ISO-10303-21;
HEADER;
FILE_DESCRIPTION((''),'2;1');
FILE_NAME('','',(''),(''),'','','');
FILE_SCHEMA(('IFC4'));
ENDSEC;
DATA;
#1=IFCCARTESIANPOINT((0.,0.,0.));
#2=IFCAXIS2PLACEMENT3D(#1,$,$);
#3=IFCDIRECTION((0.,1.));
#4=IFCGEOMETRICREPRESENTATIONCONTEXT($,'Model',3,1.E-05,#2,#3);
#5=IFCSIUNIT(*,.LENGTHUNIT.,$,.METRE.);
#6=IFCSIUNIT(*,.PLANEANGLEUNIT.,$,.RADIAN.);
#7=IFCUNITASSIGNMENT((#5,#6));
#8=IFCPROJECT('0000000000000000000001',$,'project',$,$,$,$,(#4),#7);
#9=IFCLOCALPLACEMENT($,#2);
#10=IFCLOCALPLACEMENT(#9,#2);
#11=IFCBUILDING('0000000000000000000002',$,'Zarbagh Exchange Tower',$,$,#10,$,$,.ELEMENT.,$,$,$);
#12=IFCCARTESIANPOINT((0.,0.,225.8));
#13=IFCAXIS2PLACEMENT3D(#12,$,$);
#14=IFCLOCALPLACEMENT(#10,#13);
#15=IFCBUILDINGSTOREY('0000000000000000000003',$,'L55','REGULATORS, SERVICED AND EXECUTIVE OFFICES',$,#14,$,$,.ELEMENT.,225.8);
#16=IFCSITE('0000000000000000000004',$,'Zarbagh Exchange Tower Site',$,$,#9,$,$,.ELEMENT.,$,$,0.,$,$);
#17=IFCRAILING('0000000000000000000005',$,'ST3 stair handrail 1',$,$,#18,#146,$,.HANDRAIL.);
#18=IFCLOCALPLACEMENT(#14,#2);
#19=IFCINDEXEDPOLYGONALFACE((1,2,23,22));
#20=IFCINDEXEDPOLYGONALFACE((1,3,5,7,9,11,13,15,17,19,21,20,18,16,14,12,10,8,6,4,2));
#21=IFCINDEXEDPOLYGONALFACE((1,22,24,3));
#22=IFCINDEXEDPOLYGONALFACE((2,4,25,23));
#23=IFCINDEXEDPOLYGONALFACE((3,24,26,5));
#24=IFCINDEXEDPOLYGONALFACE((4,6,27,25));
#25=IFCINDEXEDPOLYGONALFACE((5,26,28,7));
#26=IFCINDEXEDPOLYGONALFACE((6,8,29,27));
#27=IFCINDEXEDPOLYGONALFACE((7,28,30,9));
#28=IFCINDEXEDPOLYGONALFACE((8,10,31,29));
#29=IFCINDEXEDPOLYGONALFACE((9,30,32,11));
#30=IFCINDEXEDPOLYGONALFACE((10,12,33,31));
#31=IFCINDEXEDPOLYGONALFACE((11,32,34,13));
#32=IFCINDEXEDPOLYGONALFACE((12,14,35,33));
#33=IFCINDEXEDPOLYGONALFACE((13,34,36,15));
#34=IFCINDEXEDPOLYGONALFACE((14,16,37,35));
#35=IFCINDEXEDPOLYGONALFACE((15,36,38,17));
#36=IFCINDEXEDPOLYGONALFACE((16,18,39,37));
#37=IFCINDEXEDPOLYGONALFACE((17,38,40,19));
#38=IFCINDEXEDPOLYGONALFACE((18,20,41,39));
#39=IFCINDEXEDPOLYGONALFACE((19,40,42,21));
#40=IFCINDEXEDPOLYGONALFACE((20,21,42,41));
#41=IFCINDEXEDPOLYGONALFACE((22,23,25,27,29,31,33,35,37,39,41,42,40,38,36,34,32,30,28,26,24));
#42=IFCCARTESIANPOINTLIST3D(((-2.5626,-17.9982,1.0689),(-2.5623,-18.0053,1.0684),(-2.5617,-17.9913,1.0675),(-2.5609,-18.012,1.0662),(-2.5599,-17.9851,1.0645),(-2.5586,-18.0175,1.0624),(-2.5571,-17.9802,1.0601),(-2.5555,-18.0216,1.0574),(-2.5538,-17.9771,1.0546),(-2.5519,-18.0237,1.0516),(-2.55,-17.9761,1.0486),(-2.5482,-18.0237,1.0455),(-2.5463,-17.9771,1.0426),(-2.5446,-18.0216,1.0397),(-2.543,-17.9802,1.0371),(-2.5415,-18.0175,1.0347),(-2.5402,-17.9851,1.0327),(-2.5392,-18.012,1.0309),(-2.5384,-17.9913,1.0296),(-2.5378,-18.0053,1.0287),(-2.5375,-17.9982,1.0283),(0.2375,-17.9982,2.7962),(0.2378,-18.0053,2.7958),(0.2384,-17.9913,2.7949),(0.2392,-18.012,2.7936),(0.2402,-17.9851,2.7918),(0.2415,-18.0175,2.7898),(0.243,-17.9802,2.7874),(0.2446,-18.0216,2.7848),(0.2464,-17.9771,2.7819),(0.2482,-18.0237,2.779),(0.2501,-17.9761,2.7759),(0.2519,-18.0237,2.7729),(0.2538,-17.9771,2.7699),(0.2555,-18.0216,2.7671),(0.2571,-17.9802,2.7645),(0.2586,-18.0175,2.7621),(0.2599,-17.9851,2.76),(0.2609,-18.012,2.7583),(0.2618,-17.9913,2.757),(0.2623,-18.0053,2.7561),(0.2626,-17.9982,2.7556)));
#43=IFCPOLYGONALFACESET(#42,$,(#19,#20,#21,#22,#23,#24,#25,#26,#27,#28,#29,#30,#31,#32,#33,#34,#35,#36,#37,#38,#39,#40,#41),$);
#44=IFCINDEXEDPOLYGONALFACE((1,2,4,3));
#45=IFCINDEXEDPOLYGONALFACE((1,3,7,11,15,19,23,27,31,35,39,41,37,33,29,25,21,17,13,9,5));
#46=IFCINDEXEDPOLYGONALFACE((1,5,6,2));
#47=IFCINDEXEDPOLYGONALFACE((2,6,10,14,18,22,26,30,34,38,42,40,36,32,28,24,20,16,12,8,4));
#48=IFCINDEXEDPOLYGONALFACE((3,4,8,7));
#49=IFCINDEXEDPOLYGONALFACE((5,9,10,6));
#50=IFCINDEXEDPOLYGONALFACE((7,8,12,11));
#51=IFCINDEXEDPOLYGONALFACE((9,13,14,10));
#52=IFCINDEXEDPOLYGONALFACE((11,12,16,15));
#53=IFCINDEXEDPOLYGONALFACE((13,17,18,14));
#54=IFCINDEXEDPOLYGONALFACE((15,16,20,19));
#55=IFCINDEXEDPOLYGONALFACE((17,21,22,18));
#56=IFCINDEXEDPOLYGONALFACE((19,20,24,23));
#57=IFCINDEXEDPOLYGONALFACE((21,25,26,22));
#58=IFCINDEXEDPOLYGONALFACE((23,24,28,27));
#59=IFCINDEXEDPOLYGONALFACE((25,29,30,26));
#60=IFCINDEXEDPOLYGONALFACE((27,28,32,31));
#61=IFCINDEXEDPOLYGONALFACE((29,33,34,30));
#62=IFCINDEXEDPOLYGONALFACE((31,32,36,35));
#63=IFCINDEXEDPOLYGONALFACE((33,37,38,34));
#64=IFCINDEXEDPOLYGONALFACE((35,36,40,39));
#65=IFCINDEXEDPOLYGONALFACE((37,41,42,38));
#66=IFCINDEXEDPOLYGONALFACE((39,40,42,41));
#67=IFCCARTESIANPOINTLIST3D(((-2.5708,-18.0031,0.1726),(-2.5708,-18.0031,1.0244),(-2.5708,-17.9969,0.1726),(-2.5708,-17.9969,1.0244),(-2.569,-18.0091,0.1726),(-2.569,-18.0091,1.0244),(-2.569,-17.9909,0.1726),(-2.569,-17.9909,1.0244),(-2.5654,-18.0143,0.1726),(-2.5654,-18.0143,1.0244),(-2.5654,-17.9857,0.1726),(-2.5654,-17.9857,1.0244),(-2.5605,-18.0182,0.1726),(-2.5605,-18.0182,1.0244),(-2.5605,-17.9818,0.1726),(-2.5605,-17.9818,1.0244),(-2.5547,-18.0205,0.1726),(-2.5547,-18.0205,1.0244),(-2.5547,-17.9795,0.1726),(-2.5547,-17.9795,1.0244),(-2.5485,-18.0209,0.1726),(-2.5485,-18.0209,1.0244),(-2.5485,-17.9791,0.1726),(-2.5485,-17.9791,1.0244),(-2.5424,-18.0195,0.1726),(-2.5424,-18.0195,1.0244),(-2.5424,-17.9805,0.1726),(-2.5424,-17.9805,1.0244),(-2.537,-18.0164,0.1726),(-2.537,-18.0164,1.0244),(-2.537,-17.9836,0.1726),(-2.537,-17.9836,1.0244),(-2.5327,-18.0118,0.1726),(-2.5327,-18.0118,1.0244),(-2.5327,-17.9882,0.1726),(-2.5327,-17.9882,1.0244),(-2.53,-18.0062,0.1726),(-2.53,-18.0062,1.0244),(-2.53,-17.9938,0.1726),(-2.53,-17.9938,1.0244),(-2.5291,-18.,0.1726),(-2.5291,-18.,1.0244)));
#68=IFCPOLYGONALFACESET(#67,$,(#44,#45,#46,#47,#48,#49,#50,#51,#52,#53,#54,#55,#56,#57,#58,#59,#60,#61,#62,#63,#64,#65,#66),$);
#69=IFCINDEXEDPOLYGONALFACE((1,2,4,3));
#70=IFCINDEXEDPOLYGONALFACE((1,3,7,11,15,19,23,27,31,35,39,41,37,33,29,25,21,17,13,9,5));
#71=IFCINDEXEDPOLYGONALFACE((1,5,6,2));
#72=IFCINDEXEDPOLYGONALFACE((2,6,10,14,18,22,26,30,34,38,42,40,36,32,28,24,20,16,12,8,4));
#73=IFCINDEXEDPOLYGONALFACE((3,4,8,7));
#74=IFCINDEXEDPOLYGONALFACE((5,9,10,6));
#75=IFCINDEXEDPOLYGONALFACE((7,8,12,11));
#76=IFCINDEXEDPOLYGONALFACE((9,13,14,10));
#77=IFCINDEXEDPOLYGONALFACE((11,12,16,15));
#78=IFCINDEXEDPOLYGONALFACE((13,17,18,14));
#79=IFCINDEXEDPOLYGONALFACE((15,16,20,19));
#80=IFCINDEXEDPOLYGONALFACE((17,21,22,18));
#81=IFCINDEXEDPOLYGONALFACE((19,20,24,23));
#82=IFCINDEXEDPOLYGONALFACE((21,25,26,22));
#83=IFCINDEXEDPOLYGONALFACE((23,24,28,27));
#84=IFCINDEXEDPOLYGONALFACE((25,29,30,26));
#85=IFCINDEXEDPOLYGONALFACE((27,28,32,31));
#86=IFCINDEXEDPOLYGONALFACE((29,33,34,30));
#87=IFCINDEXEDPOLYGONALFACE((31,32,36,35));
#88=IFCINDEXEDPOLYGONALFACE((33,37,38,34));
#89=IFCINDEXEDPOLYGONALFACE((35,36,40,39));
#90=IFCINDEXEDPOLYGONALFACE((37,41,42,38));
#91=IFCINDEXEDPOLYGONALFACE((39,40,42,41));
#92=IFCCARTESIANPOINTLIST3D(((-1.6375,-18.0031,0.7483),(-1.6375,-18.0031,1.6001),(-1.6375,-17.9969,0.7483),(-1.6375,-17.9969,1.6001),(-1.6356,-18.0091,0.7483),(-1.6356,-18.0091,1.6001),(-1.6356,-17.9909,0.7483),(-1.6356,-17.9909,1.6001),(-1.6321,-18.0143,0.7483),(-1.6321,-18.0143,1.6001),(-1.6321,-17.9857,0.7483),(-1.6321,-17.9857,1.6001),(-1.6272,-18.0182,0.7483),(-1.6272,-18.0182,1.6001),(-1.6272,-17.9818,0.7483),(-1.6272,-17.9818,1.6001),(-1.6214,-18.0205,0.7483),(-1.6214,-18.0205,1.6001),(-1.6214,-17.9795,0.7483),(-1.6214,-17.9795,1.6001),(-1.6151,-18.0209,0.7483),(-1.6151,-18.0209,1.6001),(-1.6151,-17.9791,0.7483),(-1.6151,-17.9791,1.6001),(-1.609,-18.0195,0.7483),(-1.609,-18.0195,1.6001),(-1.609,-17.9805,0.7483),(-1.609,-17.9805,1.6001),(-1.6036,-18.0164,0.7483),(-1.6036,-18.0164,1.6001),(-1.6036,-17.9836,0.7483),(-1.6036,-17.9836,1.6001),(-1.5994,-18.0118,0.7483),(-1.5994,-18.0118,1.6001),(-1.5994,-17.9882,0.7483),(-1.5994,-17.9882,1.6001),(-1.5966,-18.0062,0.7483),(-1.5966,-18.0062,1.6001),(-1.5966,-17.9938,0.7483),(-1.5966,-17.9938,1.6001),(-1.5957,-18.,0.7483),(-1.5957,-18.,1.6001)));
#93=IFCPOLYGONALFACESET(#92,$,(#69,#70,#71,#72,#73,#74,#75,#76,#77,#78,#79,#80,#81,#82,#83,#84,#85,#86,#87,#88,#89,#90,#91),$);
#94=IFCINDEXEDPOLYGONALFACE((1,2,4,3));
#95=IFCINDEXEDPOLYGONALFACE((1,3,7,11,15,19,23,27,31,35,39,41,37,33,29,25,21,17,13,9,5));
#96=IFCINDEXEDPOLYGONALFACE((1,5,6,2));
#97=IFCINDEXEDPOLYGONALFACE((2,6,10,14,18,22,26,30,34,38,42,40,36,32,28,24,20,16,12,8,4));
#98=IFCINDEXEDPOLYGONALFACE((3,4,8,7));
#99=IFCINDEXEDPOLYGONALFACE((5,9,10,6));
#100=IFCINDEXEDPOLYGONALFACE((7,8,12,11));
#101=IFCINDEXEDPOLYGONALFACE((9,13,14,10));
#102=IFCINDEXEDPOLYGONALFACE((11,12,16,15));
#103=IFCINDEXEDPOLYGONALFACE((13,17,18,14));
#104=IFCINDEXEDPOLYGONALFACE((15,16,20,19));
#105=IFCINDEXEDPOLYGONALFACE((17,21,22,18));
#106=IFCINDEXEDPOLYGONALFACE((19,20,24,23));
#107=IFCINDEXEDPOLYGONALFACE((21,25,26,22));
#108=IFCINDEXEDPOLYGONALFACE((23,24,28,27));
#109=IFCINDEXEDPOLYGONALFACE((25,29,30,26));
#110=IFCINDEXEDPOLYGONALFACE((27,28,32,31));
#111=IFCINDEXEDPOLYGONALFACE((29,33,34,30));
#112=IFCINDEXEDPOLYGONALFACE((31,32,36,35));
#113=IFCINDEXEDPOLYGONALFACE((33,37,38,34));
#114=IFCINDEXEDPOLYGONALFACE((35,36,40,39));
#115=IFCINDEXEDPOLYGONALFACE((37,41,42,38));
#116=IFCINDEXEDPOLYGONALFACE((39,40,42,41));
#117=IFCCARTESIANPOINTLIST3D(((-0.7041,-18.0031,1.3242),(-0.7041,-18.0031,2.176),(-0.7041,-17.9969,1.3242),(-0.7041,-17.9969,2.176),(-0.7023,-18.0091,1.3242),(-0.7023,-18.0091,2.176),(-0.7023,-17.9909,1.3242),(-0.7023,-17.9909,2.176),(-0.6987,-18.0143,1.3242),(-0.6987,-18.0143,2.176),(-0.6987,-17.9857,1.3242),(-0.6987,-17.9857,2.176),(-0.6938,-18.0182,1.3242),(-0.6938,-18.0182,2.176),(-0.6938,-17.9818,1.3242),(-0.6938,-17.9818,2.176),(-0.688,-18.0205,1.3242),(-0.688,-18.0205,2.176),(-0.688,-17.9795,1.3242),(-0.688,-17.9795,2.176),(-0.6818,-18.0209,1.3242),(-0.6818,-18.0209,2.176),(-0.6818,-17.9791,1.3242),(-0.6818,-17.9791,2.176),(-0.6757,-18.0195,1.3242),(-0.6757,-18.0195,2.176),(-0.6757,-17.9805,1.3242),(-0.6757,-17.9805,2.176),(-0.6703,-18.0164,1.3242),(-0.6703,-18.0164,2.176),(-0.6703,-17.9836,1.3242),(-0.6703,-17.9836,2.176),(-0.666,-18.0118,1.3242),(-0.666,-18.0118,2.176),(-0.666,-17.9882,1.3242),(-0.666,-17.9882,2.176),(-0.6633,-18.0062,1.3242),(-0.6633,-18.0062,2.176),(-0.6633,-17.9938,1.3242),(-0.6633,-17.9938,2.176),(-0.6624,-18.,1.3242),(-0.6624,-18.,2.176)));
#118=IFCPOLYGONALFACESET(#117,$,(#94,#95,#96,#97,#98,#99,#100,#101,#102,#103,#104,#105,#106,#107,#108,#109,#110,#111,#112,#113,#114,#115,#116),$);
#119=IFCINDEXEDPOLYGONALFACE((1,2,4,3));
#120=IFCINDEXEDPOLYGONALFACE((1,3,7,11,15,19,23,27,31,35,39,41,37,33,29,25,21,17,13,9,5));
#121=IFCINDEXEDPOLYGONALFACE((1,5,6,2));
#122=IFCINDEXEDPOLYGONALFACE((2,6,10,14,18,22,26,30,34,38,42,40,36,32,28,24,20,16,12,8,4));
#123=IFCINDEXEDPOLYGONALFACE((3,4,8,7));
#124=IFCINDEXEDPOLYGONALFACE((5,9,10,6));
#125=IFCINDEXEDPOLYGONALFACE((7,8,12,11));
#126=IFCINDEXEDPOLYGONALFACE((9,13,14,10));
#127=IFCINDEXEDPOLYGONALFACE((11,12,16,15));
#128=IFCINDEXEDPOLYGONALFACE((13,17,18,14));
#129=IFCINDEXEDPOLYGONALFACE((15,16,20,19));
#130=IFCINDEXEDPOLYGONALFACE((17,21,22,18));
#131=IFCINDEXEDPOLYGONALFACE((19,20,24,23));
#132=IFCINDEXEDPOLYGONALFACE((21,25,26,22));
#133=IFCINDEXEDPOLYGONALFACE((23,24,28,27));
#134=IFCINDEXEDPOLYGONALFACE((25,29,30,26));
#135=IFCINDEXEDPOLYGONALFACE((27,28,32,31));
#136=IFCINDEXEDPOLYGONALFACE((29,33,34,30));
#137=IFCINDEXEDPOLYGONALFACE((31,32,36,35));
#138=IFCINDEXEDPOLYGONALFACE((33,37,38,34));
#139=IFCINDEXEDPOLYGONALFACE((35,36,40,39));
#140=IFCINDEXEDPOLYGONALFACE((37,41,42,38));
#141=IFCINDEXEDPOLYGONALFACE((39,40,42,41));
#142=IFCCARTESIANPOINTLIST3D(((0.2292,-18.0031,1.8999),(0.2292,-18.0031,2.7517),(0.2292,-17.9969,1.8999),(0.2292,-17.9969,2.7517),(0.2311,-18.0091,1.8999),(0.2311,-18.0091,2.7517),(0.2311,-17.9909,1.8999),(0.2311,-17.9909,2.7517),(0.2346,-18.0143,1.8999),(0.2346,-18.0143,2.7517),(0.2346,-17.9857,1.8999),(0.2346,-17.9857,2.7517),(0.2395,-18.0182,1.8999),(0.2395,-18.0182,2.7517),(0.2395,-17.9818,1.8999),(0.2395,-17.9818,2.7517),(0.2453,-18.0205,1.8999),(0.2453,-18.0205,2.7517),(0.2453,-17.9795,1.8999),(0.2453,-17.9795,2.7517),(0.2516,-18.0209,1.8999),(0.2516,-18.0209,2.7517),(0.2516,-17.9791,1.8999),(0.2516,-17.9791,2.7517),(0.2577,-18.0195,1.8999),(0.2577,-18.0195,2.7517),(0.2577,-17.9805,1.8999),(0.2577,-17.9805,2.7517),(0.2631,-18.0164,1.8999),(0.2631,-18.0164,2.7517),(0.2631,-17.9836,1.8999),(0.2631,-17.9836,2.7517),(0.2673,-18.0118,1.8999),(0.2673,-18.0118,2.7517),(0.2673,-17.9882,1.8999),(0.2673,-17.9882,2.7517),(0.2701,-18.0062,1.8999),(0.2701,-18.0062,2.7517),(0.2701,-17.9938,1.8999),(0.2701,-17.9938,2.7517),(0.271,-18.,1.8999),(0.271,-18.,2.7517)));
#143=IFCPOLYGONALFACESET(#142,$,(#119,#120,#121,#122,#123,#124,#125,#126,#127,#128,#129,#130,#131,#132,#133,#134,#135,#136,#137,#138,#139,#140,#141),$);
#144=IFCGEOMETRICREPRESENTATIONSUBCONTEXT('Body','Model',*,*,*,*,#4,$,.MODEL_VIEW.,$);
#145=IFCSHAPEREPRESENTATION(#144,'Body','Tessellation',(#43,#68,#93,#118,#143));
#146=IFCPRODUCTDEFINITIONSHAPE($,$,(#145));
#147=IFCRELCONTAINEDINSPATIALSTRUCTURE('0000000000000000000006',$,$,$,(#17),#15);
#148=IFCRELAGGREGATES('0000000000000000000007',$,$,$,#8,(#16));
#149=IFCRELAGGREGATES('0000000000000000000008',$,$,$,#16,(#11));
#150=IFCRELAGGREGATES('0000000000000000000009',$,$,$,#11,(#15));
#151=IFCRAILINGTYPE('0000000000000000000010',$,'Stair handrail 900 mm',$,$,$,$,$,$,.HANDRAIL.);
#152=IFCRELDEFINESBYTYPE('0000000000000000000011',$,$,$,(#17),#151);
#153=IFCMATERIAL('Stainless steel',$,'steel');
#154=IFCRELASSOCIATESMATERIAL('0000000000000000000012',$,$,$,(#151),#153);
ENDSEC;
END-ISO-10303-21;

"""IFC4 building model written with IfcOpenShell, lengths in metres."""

from ifc_helpers import new_model, si_unit, direction, frame, origin, origin_2d, place, context, subcontext, project, spatial, circle, extrude, material, type_object, element, save


model = new_model("IFC4")

# Units and contexts
model_context = context("Model", 3, precision=1e-05, world=origin(), true_north=direction((0.0, 1.0)))
body_context = subcontext(model_context, "Body", "Model", "MODEL_VIEW")
ifc_project = project(units=[si_unit("LENGTHUNIT", "METRE"), si_unit("PLANEANGLEUNIT", "RADIAN")], contexts=[model_context])

# Site, building, storey
site_placement = place(None, origin())
site = spatial("IfcSite", under=ifc_project, at=site_placement, Name="Zarbagh Exchange Tower Site", CompositionType="ELEMENT", RefElevation=0.0)
building_placement = place(site_placement, origin())
building = spatial("IfcBuilding", under=site, at=building_placement, Name="Zarbagh Exchange Tower", CompositionType="ELEMENT")
storey_placement = place(building_placement, frame((0.0, 0.0, 225.8)))
storey = spatial("IfcBuildingStorey", under=building, at=storey_placement, Name="L55", Description="REGULATORS, SERVICED AND EXECUTIVE OFFICES", CompositionType="ELEMENT", Elevation=225.8)

# Railing
ifc_material_1 = material(Name="Stainless steel", Category="steel")
railing_type_1 = type_object("IfcRailingType", Name="Stair handrail 900 mm", PredefinedType="HANDRAIL", material=ifc_material_1)
railing_1_placement = place(storey_placement, frame((-2.55, -18.0, 0.1726)))
element("IfcRailing", 1, at=railing_1_placement, inside=storey, type_object=railing_type_1, Name="ST3 stair handrail 1", PredefinedType="HANDRAIL", context=body_context, shape_type="SweptSolid", body=[
    extrude(circle(Radius=0.0239, at=origin_2d()), frame((0.0, 0.0, 0.876), z_axis=(0.85109, 0.0, 0.52502), x_axis=(0.0, 1.0, 0.0)), (0.0, 0.0, 1.0), 3.29),
    extrude(circle(Radius=0.021, at=origin_2d()), origin(), (0.0, 0.0, 1.0), 0.8518),
    extrude(circle(Radius=0.021, at=origin_2d()), frame((0.9333, 0.0, 0.5757)), (0.0, 0.0, 1.0), 0.8518),
    extrude(circle(Radius=0.021, at=origin_2d()), frame((1.8667, 0.0, 1.1516)), (0.0, 0.0, 1.0), 0.8518),
    extrude(circle(Radius=0.021, at=origin_2d()), frame((2.8, 0.0, 1.7273)), (0.0, 0.0, 1.0), 0.8518),
])

save(model, "model.ifc")
